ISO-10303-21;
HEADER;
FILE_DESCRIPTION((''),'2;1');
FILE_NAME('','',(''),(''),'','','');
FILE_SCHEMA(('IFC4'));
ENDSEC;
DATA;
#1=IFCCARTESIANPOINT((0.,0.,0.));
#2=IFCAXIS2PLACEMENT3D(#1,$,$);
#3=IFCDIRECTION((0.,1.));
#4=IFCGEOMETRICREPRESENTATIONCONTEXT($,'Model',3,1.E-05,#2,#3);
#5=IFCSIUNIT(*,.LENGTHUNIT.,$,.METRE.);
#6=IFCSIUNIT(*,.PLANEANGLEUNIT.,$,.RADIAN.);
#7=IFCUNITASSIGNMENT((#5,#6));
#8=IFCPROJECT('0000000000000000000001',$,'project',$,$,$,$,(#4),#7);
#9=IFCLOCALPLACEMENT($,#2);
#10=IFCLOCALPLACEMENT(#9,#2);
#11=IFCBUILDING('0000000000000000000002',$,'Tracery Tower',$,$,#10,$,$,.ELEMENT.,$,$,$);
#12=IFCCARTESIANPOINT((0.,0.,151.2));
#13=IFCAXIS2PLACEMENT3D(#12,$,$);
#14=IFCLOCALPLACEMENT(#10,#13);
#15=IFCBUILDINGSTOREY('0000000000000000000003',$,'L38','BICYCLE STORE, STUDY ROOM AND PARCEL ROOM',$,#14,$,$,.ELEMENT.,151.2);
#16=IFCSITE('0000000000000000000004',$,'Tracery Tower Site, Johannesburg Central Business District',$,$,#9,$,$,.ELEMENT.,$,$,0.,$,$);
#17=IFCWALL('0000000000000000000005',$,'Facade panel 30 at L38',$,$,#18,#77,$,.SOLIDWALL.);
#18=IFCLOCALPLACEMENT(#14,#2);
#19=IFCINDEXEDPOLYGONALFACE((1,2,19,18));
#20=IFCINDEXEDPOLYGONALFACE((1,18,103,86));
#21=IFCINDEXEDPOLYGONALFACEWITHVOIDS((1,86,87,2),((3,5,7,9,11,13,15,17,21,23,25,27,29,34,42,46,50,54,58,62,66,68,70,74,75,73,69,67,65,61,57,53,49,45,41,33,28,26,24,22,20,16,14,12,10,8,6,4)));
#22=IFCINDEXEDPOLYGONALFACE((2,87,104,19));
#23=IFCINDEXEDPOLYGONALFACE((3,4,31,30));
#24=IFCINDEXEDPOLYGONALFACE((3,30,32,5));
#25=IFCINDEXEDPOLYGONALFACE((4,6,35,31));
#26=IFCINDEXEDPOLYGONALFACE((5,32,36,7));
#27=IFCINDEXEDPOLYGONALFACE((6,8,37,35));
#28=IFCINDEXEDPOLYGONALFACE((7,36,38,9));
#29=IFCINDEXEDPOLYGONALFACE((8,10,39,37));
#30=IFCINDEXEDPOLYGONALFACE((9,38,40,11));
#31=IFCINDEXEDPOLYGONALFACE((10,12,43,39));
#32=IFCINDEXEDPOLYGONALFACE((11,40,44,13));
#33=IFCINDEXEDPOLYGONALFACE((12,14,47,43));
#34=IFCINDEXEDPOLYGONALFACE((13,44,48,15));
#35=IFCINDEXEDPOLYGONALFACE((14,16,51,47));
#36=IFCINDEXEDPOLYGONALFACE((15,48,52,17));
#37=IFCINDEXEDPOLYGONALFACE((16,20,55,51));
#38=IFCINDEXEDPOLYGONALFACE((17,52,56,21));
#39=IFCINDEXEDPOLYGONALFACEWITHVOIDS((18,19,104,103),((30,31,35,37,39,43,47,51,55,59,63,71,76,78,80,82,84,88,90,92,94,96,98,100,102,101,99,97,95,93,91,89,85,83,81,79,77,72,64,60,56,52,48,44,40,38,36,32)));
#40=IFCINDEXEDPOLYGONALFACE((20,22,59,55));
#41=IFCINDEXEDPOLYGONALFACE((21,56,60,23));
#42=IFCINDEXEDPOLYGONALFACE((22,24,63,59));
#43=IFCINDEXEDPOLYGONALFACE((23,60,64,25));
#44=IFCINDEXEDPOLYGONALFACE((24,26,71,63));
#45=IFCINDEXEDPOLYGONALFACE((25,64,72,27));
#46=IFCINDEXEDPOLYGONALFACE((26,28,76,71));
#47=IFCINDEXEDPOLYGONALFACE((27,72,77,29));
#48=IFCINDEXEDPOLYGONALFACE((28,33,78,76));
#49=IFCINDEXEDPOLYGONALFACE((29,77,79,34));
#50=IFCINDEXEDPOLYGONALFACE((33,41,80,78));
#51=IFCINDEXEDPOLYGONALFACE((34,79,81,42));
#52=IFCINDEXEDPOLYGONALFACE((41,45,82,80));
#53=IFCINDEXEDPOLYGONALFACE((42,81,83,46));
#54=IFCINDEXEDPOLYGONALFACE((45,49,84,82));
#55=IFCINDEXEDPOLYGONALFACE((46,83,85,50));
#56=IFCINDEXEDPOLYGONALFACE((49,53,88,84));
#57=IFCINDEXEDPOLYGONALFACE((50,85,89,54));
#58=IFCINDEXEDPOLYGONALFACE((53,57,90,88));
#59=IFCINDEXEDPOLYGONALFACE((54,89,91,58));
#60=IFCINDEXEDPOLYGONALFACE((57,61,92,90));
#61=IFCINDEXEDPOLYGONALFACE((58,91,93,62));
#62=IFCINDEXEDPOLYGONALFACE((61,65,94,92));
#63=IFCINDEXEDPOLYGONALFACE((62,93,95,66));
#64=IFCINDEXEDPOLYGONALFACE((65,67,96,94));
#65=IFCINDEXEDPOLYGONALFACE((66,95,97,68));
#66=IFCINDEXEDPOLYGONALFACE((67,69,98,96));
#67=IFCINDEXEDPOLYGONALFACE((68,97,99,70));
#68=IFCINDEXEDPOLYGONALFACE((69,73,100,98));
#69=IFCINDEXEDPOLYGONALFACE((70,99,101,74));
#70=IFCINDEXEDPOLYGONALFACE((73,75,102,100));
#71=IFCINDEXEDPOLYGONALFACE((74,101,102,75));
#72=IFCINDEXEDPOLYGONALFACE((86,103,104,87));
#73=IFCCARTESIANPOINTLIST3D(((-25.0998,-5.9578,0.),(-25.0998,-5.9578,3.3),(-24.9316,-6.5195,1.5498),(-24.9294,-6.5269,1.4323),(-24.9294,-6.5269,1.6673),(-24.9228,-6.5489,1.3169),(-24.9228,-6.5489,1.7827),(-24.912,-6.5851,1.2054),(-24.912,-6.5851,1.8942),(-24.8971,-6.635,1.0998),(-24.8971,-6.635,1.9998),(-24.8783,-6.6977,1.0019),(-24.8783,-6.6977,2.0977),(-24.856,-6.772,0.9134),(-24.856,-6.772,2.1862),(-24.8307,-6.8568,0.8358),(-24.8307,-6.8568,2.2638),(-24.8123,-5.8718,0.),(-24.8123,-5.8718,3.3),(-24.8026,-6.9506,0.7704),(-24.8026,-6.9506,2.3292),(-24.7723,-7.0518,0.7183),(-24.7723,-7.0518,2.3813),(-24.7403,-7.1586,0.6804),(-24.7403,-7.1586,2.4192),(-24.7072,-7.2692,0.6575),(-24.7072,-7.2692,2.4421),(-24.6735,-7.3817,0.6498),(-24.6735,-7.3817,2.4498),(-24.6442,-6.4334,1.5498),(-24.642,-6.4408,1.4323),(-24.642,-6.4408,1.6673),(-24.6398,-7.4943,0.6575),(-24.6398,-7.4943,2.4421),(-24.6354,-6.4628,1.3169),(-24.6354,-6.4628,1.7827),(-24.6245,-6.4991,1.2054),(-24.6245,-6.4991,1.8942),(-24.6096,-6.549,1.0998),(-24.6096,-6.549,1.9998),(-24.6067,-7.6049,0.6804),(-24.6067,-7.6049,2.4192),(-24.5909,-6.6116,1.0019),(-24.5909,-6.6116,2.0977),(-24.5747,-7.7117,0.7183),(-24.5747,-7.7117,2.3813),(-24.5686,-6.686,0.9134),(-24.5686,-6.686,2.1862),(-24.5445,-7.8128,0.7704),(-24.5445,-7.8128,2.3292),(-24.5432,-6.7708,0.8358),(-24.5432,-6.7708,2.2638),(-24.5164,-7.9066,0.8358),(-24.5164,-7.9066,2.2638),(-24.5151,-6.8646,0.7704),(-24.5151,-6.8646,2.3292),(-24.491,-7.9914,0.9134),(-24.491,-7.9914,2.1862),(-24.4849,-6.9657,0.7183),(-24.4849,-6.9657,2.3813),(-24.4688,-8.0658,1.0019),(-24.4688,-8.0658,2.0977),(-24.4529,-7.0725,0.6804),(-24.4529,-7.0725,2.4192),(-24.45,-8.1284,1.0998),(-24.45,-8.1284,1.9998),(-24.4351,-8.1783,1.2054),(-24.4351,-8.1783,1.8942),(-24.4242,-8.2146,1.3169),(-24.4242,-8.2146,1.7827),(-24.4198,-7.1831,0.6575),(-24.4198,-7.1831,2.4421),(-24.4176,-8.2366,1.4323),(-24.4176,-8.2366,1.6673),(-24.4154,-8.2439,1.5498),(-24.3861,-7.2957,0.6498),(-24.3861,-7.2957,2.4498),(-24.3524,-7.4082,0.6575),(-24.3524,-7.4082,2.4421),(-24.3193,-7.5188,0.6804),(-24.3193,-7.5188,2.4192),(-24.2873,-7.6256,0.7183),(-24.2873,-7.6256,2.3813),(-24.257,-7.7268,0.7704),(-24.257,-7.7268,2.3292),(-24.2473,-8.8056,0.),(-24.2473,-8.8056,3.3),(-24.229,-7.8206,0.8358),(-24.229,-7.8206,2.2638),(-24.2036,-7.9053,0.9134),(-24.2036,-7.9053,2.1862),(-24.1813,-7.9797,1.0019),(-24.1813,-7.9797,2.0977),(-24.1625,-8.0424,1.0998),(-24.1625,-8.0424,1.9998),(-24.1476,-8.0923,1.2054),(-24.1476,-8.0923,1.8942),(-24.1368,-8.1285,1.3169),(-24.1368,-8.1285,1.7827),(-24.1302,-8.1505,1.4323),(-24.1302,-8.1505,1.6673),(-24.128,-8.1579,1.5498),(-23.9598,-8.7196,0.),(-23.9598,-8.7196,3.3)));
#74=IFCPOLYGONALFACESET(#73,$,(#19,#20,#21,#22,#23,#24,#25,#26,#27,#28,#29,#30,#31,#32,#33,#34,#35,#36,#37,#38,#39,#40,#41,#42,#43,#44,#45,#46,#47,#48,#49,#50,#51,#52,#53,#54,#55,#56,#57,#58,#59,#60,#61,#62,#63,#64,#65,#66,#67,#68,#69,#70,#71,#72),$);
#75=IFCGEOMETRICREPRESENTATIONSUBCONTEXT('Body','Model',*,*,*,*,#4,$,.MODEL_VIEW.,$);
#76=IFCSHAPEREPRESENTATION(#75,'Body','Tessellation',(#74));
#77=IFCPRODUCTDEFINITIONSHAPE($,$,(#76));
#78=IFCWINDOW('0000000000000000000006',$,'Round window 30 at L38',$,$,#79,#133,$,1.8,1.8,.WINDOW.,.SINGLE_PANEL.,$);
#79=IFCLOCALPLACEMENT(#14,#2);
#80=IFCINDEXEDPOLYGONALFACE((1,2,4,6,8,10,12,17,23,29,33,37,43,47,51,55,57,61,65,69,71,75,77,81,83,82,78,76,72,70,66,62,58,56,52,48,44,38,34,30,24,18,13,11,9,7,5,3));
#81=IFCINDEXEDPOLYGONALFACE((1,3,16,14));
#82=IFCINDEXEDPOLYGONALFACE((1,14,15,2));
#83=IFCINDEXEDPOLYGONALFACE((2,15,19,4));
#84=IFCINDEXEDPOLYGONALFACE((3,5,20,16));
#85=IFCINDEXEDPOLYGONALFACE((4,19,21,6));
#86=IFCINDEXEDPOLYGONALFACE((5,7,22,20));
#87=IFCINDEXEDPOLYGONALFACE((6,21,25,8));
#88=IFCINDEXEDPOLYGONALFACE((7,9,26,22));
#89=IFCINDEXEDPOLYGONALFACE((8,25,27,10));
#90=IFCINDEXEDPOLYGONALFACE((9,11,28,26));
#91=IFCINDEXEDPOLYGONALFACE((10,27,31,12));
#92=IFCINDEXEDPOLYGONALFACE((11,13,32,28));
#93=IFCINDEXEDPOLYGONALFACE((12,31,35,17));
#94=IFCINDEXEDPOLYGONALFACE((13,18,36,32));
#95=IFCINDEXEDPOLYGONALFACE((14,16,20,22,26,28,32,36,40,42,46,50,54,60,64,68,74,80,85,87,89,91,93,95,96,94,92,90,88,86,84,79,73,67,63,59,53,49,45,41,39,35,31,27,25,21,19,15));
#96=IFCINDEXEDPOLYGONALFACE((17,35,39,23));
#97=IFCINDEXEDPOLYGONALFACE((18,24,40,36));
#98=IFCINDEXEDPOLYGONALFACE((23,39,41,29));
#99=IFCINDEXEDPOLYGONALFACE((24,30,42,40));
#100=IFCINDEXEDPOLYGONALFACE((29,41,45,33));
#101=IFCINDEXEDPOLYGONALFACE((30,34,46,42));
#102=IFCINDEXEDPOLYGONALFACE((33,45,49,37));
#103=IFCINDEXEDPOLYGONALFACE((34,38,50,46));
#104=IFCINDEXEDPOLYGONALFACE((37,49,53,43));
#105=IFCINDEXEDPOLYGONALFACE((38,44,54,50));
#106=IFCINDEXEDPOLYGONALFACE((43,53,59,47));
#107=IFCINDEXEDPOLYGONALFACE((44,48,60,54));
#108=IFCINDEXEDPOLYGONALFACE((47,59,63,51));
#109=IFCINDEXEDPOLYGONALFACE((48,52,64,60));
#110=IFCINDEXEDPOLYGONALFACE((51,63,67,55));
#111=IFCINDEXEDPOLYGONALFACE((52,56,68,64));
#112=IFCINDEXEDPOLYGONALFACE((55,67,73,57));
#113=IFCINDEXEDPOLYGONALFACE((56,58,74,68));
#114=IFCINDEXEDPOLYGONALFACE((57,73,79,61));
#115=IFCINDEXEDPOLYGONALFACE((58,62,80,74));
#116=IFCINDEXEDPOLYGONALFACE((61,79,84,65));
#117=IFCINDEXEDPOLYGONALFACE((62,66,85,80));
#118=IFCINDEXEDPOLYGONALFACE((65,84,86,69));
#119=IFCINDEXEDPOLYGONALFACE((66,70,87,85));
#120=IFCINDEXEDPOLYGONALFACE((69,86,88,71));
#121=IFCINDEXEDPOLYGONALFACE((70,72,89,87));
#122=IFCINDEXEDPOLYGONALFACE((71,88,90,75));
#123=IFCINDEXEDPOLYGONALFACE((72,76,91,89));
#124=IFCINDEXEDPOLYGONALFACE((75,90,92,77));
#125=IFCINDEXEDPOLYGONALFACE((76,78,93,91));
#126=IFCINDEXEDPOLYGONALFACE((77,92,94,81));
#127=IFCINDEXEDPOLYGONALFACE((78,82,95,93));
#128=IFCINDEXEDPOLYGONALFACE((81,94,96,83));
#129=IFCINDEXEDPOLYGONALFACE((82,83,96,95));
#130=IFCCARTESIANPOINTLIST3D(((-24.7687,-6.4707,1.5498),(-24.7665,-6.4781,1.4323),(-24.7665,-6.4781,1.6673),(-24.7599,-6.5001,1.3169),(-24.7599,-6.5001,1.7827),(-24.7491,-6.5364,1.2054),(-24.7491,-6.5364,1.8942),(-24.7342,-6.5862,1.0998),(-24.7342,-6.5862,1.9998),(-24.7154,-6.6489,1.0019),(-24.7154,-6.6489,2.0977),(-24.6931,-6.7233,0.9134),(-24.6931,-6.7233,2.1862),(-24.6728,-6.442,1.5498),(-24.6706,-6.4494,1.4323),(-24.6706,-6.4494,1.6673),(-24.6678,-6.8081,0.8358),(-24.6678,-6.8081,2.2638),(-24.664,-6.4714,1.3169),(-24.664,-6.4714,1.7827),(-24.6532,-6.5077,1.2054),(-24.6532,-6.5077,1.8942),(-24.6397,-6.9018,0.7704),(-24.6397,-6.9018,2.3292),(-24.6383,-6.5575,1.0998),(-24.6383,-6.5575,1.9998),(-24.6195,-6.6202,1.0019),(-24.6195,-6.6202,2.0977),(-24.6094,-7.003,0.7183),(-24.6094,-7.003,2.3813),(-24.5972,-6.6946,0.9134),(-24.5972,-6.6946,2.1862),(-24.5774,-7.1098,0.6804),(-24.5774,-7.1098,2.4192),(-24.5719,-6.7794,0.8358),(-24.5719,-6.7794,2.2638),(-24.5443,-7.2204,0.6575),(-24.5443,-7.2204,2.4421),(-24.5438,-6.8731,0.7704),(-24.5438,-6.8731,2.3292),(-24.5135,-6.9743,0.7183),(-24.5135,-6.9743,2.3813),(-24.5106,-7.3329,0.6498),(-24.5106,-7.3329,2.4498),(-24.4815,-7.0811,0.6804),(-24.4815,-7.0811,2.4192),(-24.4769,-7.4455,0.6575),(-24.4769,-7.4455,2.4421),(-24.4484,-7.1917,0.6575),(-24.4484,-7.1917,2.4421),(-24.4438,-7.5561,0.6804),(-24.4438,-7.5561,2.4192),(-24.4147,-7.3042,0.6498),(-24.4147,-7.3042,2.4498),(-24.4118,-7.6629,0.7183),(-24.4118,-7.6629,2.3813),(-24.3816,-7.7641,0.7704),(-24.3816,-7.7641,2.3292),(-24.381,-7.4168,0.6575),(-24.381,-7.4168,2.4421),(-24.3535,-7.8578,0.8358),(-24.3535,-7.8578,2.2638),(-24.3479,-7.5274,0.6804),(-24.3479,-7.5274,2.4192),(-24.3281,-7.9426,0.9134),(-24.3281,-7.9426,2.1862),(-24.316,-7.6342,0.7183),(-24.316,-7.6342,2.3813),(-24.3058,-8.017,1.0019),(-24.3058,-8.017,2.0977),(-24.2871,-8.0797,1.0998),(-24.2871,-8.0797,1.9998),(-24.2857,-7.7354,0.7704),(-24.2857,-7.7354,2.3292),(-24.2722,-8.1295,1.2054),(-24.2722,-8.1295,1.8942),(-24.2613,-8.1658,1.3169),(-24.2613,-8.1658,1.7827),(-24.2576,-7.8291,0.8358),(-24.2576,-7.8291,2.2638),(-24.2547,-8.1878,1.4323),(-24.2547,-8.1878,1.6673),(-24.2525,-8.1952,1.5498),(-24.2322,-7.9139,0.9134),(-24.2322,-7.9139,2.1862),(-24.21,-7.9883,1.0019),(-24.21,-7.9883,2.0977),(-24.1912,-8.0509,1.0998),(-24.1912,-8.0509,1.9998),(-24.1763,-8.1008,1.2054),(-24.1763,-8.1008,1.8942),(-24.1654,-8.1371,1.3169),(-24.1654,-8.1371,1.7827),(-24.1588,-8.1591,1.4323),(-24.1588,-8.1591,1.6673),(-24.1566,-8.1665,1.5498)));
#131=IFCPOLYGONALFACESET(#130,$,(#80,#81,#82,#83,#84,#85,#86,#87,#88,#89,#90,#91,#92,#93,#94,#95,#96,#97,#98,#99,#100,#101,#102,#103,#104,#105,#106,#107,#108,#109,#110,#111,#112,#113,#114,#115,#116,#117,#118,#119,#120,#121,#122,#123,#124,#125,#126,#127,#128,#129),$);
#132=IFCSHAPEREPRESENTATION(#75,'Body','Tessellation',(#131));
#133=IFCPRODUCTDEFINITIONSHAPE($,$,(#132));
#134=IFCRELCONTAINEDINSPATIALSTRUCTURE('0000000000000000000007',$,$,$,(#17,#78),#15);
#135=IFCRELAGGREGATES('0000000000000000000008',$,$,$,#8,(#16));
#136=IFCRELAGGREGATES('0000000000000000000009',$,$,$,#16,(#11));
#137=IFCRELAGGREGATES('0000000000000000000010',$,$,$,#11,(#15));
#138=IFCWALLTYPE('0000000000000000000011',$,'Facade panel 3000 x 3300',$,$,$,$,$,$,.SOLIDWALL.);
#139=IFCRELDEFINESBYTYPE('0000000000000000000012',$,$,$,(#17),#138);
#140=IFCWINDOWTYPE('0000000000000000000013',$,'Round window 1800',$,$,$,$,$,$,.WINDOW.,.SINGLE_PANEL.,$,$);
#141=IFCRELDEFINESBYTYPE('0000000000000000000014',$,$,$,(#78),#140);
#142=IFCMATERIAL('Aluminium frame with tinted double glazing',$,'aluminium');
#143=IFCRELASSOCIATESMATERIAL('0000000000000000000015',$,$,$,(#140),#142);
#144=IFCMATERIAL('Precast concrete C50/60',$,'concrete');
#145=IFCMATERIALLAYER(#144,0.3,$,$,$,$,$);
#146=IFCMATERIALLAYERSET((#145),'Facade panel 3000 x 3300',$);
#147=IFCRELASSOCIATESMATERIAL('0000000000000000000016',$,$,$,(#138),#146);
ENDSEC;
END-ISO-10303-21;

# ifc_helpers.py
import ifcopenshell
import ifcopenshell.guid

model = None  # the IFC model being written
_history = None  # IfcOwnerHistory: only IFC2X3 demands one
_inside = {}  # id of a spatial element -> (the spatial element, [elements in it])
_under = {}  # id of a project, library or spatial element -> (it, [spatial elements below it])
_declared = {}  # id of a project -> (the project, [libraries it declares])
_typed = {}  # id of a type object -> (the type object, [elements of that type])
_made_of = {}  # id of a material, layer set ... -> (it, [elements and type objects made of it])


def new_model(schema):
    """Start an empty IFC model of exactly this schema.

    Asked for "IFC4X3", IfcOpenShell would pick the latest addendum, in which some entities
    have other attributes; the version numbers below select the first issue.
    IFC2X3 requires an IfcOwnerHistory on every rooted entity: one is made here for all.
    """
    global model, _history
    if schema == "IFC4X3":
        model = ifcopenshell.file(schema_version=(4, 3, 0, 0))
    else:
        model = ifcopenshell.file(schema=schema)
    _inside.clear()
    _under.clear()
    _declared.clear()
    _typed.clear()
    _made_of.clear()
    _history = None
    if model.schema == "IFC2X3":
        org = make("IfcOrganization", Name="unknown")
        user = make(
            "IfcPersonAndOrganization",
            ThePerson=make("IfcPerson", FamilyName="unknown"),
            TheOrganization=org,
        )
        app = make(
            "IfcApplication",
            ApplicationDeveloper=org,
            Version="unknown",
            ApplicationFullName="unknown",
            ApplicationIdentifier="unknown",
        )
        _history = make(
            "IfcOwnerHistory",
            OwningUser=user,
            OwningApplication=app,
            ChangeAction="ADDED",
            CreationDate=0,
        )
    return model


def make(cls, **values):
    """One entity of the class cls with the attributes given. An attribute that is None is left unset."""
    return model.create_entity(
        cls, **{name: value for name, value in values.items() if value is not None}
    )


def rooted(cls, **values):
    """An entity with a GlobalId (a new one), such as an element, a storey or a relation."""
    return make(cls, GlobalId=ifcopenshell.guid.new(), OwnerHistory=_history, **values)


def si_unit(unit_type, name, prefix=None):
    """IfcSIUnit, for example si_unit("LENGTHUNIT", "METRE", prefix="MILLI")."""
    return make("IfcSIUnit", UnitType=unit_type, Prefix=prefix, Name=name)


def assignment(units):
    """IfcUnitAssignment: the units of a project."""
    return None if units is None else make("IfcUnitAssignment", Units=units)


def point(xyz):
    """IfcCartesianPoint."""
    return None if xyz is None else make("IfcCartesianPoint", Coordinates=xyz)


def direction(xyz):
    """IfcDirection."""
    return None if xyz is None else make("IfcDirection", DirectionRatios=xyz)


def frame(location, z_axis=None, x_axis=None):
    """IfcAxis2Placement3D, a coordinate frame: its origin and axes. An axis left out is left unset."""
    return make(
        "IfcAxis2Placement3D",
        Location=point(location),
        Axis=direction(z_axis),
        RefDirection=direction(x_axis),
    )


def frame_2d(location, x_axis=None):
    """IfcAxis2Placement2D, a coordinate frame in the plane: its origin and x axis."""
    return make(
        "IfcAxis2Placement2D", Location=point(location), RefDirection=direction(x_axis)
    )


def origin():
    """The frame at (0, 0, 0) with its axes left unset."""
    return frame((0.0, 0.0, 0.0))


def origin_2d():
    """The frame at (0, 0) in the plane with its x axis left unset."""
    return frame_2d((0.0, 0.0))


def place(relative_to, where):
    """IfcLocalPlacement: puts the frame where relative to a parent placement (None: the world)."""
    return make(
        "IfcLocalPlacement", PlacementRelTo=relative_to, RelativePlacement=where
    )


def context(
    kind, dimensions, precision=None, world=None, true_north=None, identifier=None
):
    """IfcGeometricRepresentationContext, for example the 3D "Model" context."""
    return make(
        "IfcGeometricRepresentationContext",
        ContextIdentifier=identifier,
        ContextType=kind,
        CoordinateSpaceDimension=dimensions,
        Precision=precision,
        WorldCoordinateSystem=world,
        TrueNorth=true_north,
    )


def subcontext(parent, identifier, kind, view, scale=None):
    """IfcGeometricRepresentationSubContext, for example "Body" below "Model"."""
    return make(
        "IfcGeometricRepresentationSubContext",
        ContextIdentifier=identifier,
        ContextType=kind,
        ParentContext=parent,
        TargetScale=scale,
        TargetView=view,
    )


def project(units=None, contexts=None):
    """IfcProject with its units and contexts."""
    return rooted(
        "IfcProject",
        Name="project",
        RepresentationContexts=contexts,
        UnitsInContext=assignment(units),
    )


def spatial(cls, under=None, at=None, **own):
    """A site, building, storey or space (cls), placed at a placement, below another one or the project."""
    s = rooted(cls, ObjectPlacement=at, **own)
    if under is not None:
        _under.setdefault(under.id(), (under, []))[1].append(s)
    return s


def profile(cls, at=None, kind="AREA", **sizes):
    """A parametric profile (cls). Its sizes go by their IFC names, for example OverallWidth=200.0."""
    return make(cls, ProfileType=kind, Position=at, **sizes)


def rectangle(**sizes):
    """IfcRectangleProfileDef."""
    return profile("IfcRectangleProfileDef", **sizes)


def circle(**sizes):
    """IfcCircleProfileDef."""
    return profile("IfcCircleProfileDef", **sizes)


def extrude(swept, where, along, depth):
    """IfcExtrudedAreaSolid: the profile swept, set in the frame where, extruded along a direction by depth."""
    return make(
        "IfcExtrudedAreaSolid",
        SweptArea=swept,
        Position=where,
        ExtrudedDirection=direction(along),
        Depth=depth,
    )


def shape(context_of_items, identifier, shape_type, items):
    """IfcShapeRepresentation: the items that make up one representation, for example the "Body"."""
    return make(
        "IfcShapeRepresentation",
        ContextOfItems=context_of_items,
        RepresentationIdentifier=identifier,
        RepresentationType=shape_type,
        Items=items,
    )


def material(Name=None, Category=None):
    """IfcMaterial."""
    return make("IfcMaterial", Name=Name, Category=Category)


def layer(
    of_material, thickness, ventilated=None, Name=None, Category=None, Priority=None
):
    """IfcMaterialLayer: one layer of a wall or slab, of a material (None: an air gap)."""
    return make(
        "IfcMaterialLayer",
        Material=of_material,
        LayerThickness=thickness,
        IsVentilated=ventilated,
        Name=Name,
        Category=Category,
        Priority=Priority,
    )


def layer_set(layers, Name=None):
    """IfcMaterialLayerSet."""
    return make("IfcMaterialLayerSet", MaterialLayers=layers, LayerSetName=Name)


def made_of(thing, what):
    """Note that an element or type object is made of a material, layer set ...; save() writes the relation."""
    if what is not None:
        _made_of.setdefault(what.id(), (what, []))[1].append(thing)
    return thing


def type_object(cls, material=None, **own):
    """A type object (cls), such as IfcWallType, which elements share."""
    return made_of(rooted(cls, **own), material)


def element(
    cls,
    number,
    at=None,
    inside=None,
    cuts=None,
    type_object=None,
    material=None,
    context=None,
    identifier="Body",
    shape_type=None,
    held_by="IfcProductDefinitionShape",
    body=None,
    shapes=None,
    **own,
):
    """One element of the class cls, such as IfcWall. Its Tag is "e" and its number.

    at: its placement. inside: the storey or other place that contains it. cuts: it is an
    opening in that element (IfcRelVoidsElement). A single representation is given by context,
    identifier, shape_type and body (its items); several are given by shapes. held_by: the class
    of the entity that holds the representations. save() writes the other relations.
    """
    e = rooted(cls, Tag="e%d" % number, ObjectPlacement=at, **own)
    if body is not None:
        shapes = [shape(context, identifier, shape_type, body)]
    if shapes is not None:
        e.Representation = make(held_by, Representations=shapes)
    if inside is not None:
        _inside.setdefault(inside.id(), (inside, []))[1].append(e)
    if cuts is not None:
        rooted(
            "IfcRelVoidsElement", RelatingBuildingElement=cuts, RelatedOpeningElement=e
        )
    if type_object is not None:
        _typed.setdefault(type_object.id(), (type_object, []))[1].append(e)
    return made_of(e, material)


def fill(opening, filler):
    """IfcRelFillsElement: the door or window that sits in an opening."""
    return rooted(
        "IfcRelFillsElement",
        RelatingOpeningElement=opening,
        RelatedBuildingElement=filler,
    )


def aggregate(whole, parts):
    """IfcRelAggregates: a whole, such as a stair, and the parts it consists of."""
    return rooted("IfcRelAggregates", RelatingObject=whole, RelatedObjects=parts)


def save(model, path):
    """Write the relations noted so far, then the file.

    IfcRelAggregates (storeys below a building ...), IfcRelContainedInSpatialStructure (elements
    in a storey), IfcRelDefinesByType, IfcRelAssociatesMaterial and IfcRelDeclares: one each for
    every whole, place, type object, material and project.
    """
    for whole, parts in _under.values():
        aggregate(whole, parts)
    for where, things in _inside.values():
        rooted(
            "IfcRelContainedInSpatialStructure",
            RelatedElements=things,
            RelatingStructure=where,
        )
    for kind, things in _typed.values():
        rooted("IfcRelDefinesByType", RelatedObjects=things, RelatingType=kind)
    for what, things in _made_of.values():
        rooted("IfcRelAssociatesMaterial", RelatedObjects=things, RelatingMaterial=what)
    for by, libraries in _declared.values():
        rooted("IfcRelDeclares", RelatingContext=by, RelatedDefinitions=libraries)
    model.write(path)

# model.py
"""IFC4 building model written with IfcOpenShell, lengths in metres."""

from ifc_helpers import new_model, si_unit, direction, frame, frame_2d, origin, origin_2d, place, context, subcontext, project, spatial, rectangle, circle, extrude, material, layer, layer_set, type_object, element, fill, save


model = new_model("IFC4")

# Units and contexts
model_context = context("Model", 3, precision=1e-05, world=origin(), true_north=direction((0.0, 1.0)))
body_context = subcontext(model_context, "Body", "Model", "MODEL_VIEW")
ifc_project = project(units=[si_unit("LENGTHUNIT", "METRE"), si_unit("PLANEANGLEUNIT", "RADIAN")], contexts=[model_context])

# Site, building, storey
site_placement = place(None, origin())
site = spatial("IfcSite", under=ifc_project, at=site_placement, Name="Tracery Tower Site, Johannesburg Central Business District", CompositionType="ELEMENT", RefElevation=0.0)
building_placement = place(site_placement, origin())
building = spatial("IfcBuilding", under=site, at=building_placement, Name="Tracery Tower", CompositionType="ELEMENT")
storey_placement = place(building_placement, frame((0.0, 0.0, 151.2)))
storey = spatial("IfcBuildingStorey", under=building, at=storey_placement, Name="L38", Description="BICYCLE STORE, STUDY ROOM AND PARCEL ROOM", CompositionType="ELEMENT", Elevation=151.2)

# Wall, opening, window
ifc_material_1 = material(Name="Aluminium frame with tinted double glazing", Category="aluminium")
window_type = type_object("IfcWindowType", Name="Round window 1800", PartitioningType="SINGLE_PANEL", PredefinedType="WINDOW", material=ifc_material_1)
ifc_material_2 = material(Name="Precast concrete C50/60", Category="concrete")
ifc_layer_1 = layer(ifc_material_2, 0.3)
ifc_layer_set_1 = layer_set([ifc_layer_1], Name="Facade panel 3000 x 3300")
wall_type_1 = type_object("IfcWallType", Name="Facade panel 3000 x 3300", PredefinedType="SOLIDWALL", material=ifc_layer_set_1)
wall_1_placement = place(storey_placement, frame((-24.9561, -5.9148, 0.0), z_axis=(0.0, 0.0, 1.0), x_axis=(0.286783, -0.957996, 0.0)))
wall_1 = element("IfcWall", 1, at=wall_1_placement, inside=storey, type_object=wall_type_1, Name="Facade panel 30 at L38", PredefinedType="SOLIDWALL", context=body_context, shape_type="SweptSolid", body=[
    extrude(rectangle(XDim=2.9727, YDim=0.3, at=frame_2d((1.4863, 0.0))), origin(), (0.0, 0.0, 1.0), 3.3),
])
opening_1_placement = place(wall_1_placement, frame((1.4863, 0.0, 1.5498)))
opening_1 = element("IfcOpeningElement", 2, at=opening_1_placement, cuts=wall_1, PredefinedType="OPENING", context=body_context, shape_type="SweptSolid", body=[
    extrude(circle(Radius=0.9, at=origin_2d()), frame((0.0, 0.1599, 0.0), z_axis=(0.0, -1.0, 0.0), x_axis=(1.0, 0.0, 0.0)), (0.0, 0.0, 1.0), 0.3201),
])
window_1_placement = place(opening_1_placement, origin())
window_1 = element("IfcWindow", 3, at=window_1_placement, inside=storey, type_object=window_type, Name="Round window 30 at L38", OverallHeight=1.8, OverallWidth=1.8, PartitioningType="SINGLE_PANEL", PredefinedType="WINDOW", context=body_context, shape_type="SweptSolid", body=[
    extrude(circle(Radius=0.9, at=origin_2d()), frame((0.0, 0.1201, 0.0), z_axis=(0.0, -1.0, 0.0), x_axis=(1.0, 0.0, 0.0)), (0.0, 0.0, 1.0), 0.1001),
])
fill(opening_1, window_1)

save(model, "model.ifc")
